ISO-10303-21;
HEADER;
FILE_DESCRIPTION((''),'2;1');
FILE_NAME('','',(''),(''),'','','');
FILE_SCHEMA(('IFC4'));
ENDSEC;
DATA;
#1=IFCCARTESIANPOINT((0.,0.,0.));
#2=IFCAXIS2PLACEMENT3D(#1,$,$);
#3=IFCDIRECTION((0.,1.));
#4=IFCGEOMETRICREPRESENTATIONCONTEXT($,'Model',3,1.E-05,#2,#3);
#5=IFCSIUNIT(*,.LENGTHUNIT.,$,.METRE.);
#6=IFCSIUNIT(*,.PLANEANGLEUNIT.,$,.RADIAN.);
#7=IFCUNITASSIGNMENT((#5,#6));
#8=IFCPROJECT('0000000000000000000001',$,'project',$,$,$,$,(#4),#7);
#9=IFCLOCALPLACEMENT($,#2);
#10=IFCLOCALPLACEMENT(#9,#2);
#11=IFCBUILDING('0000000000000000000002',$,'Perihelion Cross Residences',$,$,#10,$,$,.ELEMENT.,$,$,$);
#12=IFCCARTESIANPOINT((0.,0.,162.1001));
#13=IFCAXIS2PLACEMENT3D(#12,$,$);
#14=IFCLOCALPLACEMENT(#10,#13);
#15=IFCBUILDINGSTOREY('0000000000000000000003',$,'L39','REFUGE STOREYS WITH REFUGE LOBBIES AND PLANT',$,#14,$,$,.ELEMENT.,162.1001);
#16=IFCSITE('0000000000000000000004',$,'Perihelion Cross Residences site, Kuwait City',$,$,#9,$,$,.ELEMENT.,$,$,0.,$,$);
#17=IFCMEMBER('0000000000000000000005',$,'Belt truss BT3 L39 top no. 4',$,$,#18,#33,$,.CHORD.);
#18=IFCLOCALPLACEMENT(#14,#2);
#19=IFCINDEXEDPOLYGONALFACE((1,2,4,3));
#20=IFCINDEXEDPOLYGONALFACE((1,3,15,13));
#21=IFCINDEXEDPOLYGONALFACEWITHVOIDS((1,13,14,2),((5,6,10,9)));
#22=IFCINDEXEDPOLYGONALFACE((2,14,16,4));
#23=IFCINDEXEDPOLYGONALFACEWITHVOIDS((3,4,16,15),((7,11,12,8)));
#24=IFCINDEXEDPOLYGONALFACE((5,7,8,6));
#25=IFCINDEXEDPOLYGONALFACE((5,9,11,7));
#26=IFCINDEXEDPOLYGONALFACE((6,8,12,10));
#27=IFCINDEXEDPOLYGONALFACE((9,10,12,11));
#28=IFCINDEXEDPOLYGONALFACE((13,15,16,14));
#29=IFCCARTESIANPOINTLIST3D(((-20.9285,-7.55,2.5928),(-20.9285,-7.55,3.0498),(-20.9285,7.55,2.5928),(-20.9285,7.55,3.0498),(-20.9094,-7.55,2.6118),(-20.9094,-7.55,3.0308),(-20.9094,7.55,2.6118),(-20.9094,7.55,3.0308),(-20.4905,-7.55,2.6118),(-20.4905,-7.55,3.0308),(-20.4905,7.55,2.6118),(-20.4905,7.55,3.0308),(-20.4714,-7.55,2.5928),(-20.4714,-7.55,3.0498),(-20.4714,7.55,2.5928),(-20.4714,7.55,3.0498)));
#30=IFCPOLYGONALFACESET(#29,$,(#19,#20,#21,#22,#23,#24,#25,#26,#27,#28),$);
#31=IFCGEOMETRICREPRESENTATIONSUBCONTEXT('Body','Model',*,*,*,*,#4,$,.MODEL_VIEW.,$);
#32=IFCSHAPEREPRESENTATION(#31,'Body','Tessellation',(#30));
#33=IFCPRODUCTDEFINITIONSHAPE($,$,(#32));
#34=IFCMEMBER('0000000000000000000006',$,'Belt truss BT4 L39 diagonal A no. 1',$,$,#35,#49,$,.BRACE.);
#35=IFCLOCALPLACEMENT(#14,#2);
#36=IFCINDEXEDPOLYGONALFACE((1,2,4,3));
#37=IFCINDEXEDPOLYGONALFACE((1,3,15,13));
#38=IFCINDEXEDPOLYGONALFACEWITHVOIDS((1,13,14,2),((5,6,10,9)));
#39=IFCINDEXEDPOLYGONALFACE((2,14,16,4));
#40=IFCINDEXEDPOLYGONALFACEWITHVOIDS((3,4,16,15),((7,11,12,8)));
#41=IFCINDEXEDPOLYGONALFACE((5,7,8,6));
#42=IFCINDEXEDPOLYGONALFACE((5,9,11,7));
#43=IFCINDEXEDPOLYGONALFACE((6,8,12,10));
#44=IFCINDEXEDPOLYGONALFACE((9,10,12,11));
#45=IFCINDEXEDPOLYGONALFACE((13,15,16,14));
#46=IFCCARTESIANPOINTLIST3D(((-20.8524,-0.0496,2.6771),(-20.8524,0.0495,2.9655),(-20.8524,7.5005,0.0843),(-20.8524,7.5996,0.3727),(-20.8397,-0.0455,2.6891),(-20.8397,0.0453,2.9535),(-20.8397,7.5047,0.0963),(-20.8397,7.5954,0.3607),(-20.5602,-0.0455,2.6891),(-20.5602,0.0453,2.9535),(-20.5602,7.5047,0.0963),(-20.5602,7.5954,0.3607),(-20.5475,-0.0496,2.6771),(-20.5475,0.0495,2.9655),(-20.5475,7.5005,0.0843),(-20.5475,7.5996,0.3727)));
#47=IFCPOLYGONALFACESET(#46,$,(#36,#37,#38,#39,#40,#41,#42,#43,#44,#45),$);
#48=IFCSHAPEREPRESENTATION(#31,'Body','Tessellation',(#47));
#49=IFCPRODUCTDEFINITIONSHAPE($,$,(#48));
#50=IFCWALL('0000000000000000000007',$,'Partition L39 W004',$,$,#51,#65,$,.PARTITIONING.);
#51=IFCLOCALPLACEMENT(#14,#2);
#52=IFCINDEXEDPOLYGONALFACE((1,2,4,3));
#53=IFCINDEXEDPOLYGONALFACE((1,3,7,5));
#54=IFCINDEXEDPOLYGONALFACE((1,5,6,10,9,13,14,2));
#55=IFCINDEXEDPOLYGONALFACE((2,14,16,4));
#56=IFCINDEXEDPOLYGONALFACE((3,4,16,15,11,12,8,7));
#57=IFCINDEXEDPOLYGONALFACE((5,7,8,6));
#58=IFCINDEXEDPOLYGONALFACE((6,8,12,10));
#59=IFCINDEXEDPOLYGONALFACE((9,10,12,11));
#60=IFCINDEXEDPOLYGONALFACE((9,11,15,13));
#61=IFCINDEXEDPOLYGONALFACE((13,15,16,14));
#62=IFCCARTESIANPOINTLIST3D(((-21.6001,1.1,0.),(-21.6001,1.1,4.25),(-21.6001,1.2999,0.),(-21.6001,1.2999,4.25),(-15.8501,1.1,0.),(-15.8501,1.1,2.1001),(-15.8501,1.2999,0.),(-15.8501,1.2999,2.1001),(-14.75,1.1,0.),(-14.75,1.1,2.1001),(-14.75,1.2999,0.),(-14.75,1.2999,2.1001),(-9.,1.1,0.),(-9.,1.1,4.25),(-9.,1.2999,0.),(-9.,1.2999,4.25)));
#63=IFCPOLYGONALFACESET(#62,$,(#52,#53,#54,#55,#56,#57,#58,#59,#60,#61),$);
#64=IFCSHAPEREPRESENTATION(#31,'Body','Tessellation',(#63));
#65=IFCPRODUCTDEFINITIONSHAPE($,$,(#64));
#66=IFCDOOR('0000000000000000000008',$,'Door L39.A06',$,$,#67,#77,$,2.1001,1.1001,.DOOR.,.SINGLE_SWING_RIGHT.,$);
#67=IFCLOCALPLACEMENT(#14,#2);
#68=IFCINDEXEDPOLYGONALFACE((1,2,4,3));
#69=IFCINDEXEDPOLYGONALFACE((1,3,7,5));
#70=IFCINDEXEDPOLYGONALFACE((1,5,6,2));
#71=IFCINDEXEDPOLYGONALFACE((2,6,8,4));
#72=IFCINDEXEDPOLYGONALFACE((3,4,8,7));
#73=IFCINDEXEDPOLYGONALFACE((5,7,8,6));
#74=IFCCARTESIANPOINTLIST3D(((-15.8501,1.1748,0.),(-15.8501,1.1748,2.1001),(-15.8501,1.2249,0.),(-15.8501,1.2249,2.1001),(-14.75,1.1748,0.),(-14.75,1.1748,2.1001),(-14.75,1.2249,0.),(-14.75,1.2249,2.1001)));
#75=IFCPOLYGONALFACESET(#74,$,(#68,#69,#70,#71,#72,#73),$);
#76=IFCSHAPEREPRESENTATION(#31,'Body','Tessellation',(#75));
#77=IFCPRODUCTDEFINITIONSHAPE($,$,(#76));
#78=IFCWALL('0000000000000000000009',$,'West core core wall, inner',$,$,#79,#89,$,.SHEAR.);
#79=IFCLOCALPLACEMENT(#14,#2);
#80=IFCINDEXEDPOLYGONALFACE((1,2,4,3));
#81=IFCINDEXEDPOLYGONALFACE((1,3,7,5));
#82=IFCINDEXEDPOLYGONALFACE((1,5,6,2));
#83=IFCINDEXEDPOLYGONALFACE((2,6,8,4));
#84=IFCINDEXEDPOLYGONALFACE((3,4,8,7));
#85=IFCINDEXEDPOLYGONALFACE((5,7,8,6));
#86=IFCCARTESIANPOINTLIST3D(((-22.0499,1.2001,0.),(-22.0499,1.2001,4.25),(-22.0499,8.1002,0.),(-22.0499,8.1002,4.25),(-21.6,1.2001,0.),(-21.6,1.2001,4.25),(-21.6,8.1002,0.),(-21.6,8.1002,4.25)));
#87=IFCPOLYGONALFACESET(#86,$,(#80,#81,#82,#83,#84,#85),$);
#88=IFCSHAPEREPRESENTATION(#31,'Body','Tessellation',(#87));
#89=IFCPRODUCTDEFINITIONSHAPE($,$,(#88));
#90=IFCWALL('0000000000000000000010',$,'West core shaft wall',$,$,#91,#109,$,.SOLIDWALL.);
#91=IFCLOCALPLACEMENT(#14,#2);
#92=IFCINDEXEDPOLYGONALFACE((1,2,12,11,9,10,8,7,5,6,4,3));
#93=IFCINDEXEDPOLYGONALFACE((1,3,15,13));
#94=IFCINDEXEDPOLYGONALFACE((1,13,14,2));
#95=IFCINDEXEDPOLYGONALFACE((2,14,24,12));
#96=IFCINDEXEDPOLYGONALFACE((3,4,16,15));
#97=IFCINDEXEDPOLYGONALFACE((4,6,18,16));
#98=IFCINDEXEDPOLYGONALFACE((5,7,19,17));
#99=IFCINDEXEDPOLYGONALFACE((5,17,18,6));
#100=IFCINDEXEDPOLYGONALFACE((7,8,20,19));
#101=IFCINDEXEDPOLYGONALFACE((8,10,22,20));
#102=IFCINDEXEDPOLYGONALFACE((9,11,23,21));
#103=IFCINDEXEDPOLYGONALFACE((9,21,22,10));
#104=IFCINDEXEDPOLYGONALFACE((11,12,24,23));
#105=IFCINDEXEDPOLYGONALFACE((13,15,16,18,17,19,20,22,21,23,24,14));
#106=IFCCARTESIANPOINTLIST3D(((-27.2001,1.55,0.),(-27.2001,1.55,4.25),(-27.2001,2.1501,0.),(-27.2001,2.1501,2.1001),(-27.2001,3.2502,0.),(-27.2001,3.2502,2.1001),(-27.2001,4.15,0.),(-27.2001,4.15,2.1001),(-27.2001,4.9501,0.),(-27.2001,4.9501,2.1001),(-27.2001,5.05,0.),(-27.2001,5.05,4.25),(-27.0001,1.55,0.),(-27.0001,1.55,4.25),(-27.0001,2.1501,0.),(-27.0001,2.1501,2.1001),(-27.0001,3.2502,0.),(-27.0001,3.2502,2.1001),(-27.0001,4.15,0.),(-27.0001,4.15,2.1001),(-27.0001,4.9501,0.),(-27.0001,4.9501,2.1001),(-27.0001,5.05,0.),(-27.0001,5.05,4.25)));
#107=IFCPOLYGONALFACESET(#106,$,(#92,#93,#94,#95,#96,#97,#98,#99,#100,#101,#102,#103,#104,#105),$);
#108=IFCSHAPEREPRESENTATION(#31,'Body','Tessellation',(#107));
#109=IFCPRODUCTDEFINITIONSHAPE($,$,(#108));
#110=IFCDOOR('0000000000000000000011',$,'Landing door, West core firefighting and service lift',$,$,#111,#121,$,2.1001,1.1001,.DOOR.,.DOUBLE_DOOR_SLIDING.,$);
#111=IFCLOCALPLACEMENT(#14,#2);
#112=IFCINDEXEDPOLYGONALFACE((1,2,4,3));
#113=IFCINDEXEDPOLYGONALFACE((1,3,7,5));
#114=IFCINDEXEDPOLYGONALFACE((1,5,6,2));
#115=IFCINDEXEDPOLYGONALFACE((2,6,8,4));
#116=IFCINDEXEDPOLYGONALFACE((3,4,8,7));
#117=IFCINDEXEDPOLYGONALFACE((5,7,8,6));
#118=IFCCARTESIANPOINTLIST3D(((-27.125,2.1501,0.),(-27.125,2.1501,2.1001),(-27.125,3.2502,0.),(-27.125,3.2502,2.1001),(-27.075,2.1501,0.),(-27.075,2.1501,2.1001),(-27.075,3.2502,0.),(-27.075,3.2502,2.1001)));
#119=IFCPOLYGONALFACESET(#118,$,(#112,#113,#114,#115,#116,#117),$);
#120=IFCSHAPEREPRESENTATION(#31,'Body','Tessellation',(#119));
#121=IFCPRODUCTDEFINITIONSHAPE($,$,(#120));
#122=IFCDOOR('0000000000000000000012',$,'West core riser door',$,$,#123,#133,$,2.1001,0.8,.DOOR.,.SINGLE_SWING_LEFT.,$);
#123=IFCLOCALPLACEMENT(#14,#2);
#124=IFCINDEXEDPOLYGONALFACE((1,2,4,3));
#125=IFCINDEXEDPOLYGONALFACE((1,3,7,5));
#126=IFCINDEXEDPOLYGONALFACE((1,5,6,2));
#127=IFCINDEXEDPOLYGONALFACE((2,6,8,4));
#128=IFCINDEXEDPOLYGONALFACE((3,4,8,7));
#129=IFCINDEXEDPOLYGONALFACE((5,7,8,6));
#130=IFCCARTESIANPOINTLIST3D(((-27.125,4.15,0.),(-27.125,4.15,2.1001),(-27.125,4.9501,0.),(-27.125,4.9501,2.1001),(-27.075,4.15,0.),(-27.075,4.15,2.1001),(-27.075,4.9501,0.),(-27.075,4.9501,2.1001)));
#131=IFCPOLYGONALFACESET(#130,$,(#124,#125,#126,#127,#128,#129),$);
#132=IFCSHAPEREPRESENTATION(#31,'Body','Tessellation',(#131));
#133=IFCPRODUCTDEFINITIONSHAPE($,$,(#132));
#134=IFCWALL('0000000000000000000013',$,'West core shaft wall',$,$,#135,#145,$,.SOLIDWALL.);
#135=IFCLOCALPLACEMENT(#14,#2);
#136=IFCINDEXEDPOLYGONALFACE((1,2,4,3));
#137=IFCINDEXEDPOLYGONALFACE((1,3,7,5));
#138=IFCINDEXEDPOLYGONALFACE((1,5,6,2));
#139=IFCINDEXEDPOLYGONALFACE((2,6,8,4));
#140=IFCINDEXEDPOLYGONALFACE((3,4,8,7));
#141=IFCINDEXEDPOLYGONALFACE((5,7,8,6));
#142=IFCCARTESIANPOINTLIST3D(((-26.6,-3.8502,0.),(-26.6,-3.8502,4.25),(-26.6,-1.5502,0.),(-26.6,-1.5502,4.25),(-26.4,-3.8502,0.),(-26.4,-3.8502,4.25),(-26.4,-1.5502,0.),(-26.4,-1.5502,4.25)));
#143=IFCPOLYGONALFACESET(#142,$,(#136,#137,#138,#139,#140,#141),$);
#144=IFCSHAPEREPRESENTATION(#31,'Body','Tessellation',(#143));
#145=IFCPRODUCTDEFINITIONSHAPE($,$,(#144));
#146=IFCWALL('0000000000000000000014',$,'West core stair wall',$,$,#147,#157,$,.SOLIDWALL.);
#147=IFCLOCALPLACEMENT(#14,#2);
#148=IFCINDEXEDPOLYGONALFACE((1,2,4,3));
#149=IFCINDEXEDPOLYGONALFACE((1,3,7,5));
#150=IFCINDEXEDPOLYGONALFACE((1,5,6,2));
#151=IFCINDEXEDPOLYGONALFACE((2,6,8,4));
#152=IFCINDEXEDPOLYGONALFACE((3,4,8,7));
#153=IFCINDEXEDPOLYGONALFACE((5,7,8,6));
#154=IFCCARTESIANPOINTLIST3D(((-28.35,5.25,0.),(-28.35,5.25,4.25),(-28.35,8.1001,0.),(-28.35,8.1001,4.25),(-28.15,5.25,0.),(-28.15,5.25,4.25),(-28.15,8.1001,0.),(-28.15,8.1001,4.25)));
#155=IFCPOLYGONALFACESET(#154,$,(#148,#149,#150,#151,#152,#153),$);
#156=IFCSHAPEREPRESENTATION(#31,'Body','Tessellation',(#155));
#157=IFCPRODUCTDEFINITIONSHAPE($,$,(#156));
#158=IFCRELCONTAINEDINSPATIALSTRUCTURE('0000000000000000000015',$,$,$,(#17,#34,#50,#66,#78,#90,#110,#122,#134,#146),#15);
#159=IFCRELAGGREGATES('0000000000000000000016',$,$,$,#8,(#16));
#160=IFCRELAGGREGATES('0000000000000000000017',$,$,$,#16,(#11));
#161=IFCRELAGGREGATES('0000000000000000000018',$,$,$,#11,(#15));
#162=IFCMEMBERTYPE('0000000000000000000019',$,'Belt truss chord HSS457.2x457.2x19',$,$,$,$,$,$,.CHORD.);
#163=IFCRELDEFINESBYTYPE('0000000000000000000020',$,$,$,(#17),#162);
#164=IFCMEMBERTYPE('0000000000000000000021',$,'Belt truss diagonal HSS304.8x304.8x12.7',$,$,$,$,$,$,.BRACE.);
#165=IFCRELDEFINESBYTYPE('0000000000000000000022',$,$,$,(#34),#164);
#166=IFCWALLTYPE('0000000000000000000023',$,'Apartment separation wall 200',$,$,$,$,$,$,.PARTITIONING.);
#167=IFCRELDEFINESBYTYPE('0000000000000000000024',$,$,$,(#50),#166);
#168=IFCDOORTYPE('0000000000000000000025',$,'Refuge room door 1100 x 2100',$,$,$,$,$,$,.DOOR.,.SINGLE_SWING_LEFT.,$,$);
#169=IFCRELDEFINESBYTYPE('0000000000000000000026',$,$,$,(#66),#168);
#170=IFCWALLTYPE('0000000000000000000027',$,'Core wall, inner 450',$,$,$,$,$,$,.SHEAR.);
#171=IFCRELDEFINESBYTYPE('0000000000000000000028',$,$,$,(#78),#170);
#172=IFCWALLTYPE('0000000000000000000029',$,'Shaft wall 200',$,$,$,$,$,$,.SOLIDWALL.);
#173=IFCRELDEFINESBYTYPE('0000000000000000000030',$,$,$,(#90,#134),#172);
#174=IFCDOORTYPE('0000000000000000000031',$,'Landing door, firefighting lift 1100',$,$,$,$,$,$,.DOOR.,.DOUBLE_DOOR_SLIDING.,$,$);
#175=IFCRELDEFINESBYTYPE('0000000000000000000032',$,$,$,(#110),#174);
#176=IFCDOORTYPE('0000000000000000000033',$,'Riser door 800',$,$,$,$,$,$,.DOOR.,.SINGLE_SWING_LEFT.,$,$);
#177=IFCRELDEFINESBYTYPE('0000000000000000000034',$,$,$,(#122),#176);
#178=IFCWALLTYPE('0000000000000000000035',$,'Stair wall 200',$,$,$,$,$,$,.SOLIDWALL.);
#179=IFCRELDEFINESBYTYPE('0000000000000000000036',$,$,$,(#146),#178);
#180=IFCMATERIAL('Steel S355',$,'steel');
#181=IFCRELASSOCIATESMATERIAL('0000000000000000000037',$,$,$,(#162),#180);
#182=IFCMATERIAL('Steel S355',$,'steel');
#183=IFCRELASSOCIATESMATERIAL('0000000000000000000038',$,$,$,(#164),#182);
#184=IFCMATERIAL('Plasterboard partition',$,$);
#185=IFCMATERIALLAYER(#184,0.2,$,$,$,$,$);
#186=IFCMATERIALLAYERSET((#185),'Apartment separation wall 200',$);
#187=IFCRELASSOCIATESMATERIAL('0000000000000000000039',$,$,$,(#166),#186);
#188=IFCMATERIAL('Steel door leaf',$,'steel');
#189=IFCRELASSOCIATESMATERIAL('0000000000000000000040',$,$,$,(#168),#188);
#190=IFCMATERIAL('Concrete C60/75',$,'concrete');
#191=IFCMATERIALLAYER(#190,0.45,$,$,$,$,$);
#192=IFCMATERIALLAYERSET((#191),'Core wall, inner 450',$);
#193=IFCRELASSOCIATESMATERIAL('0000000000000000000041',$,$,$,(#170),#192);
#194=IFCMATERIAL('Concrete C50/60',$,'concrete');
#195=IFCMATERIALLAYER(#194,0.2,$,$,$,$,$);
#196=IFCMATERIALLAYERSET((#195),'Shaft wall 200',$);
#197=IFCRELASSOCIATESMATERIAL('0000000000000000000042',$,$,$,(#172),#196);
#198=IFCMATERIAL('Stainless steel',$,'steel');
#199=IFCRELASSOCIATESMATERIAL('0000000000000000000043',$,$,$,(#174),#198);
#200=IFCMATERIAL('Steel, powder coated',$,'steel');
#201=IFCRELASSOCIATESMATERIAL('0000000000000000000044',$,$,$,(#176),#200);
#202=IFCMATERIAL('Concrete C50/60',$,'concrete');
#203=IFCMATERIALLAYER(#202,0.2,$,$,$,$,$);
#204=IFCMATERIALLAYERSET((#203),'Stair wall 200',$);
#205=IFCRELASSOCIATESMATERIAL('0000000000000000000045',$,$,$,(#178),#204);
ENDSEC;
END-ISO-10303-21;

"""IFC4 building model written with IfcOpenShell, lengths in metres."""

from ifc_helpers import new_model, si_unit, direction, frame, frame_2d, origin, origin_2d, place, context, subcontext, project, spatial, rectangle, hollow_rectangle, extrude, material, layer, layer_set, material_profile, profile_set, type_object, element, fill, save


model = new_model("IFC4")

# Units and contexts
model_context = context("Model", 3, precision=1e-05, world=origin(), true_north=direction((0.0, 1.0)))
body_context = subcontext(model_context, "Body", "Model", "MODEL_VIEW")
ifc_project = project(units=[si_unit("LENGTHUNIT", "METRE"), si_unit("PLANEANGLEUNIT", "RADIAN")], contexts=[model_context])

# Site, building, storey
site_placement = place(None, origin())
site = spatial("IfcSite", under=ifc_project, at=site_placement, Name="Perihelion Cross Residences site, Kuwait City", CompositionType="ELEMENT", RefElevation=0.0)
building_placement = place(site_placement, origin())
building = spatial("IfcBuilding", under=site, at=building_placement, Name="Perihelion Cross Residences", CompositionType="ELEMENT")
storey_placement = place(building_placement, frame((0.0, 0.0, 162.1001)))
storey = spatial("IfcBuildingStorey", under=building, at=storey_placement, Name="L39", Description="REFUGE STOREYS WITH REFUGE LOBBIES AND PLANT", CompositionType="ELEMENT", Elevation=162.1001)

# Members
ifc_material_1 = material(Name="Steel S355", Category="steel")
ifc_material_profile_1 = material_profile(ifc_material_1, hollow_rectangle(XDim=0.457, YDim=0.457, WallThickness=0.019, at=origin_2d()), Name="HSS457.2x457.2x19")
ifc_profile_set_1 = profile_set([ifc_material_profile_1], Name="Steel S355")
member_type_1 = type_object("IfcMemberType", Name="Belt truss chord HSS457.2x457.2x19", PredefinedType="CHORD", material=ifc_profile_set_1)
member_1_placement = place(storey_placement, frame((-20.7, 7.55, 2.8213), z_axis=(0.0, -1.0, 0.0), x_axis=(1.0, 0.0, 0.0)))
element("IfcMember", 1, at=member_1_placement, inside=storey, type_object=member_type_1, Name="Belt truss BT3 L39 top no. 4", PredefinedType="CHORD", context=body_context, shape_type="SweptSolid", body=[
    extrude(hollow_rectangle(XDim=0.457, YDim=0.457, WallThickness=0.019, at=origin_2d()), origin(), (0.0, 0.0, 1.0), 15.1001),
])
ifc_material_2 = material(Name="Steel S355", Category="steel")
ifc_material_profile_2 = material_profile(ifc_material_2, hollow_rectangle(XDim=0.3049, YDim=0.3049, WallThickness=0.0127, at=origin_2d()), Name="HSS304.8x304.8x12.7")
ifc_profile_set_2 = profile_set([ifc_material_profile_2], Name="Steel S355")
member_type_2 = type_object("IfcMemberType", Name="Belt truss diagonal HSS304.8x304.8x12.7", PredefinedType="BRACE", material=ifc_profile_set_2)
member_2_placement = place(storey_placement, frame((-20.7, 7.55, 0.2285), z_axis=(0.0, -0.945785, 0.324793), x_axis=(1.0, 0.0, 0.0)))
element("IfcMember", 2, at=member_2_placement, inside=storey, type_object=member_type_2, Name="Belt truss BT4 L39 diagonal A no. 1", PredefinedType="BRACE", context=body_context, shape_type="SweptSolid", body=[
    extrude(hollow_rectangle(XDim=0.3049, YDim=0.3049, WallThickness=0.0127, at=origin_2d()), origin(), (0.0, 0.0, 1.0), 7.9829),
])

# Wall, opening, door
ifc_material_3 = material(Name="Plasterboard partition")
ifc_layer_1 = layer(ifc_material_3, 0.2)
ifc_layer_set_1 = layer_set([ifc_layer_1], Name="Apartment separation wall 200")
wall_type_1 = type_object("IfcWallType", Name="Apartment separation wall 200", PredefinedType="PARTITIONING", material=ifc_layer_set_1)
wall_1_placement = place(storey_placement, frame((-21.6001, 1.2, 0.0), z_axis=(0.0, 0.0, 1.0), x_axis=(1.0, 0.0, 0.0)))
wall_1 = element("IfcWall", 3, at=wall_1_placement, inside=storey, type_object=wall_type_1, Name="Partition L39 W004", PredefinedType="PARTITIONING", context=body_context, shape_type="SweptSolid", body=[
    extrude(rectangle(XDim=12.6001, YDim=0.2, at=frame_2d((6.3, 0.0))), origin(), (0.0, 0.0, 1.0), 4.25),
])
opening_1_placement = place(wall_1_placement, frame((5.75, 0.0, 0.0)))
opening_1 = element("IfcOpeningElement", 4, at=opening_1_placement, cuts=wall_1, PredefinedType="OPENING", context=body_context, shape_type="SweptSolid", body=[
    extrude(rectangle(XDim=1.1001, YDim=2.1001, at=frame_2d((0.55, 1.05))), frame((0.0, 0.1099, 0.0), z_axis=(0.0, -1.0, 0.0), x_axis=(1.0, 0.0, 0.0)), (0.0, 0.0, 1.0), 0.22),
])
ifc_material_4 = material(Name="Steel door leaf", Category="steel")
door_type_1 = type_object("IfcDoorType", Name="Refuge room door 1100 x 2100", OperationType="SINGLE_SWING_LEFT", PredefinedType="DOOR", material=ifc_material_4)
door_1_placement = place(opening_1_placement, origin())
door_1 = element("IfcDoor", 5, at=door_1_placement, inside=storey, type_object=door_type_1, Name="Door L39.A06", OperationType="SINGLE_SWING_RIGHT", OverallHeight=2.1001, OverallWidth=1.1001, PredefinedType="DOOR", context=body_context, shape_type="SweptSolid", body=[
    extrude(rectangle(XDim=1.1001, YDim=2.1001, at=frame_2d((0.55, 1.05))), frame((0.0, 0.0249, 0.0), z_axis=(0.0, -1.0, 0.0), x_axis=(1.0, 0.0, 0.0)), (0.0, 0.0, 1.0), 0.05),
])
fill(opening_1, door_1)

# Wall
ifc_material_5 = material(Name="Concrete C60/75", Category="concrete")
ifc_layer_2 = layer(ifc_material_5, 0.45)
ifc_layer_set_2 = layer_set([ifc_layer_2], Name="Core wall, inner 450")
wall_type_2 = type_object("IfcWallType", Name="Core wall, inner 450", PredefinedType="SHEAR", material=ifc_layer_set_2)
wall_2_placement = place(storey_placement, frame((-21.825, 1.2, 0.0), z_axis=(0.0, 0.0, 1.0), x_axis=(0.0, 1.0, 0.0)))
element("IfcWall", 6, at=wall_2_placement, inside=storey, type_object=wall_type_2, Name="West core core wall, inner", PredefinedType="SHEAR", context=body_context, shape_type="SweptSolid", body=[
    extrude(rectangle(XDim=6.9001, YDim=0.45, at=frame_2d((3.4502, 0.0))), origin(), (0.0, 0.0, 1.0), 4.25),
])

# Wall, openings, doors
ifc_material_6 = material(Name="Concrete C50/60", Category="concrete")
ifc_layer_3 = layer(ifc_material_6, 0.2)
ifc_layer_set_3 = layer_set([ifc_layer_3], Name="Shaft wall 200")
wall_type_3 = type_object("IfcWallType", Name="Shaft wall 200", PredefinedType="SOLIDWALL", material=ifc_layer_set_3)
wall_3_placement = place(storey_placement, frame((-27.1001, 1.55, 0.0), z_axis=(0.0, 0.0, 1.0), x_axis=(0.0, 1.0, 0.0)))
wall_3 = element("IfcWall", 7, at=wall_3_placement, inside=storey, type_object=wall_type_3, Name="West core shaft wall", PredefinedType="SOLIDWALL", context=body_context, shape_type="SweptSolid", body=[
    extrude(rectangle(XDim=3.5, YDim=0.2, at=frame_2d((1.75, 0.0))), origin(), (0.0, 0.0, 1.0), 4.25),
])
opening_2_placement = place(wall_3_placement, frame((0.6001, 0.0, 0.0)))
opening_2 = element("IfcOpeningElement", 8, at=opening_2_placement, cuts=wall_3, PredefinedType="OPENING", context=body_context, shape_type="SweptSolid", body=[
    extrude(rectangle(XDim=1.1001, YDim=2.1001, at=frame_2d((0.55, 1.05))), frame((0.0, 0.1099, 0.0), z_axis=(0.0, -1.0, 0.0), x_axis=(1.0, 0.0, 0.0)), (0.0, 0.0, 1.0), 0.22),
])
opening_3_placement = place(wall_3_placement, frame((2.6001, 0.0, 0.0)))
opening_3 = element("IfcOpeningElement", 9, at=opening_3_placement, cuts=wall_3, PredefinedType="OPENING", context=body_context, shape_type="SweptSolid", body=[
    extrude(rectangle(XDim=0.8, YDim=2.1001, at=frame_2d((0.3999, 1.05))), frame((0.0, 0.1099, 0.0), z_axis=(0.0, -1.0, 0.0), x_axis=(1.0, 0.0, 0.0)), (0.0, 0.0, 1.0), 0.22),
])
ifc_material_7 = material(Name="Stainless steel", Category="steel")
door_type_2 = type_object("IfcDoorType", Name="Landing door, firefighting lift 1100", OperationType="DOUBLE_DOOR_SLIDING", PredefinedType="DOOR", material=ifc_material_7)
door_2_placement = place(opening_2_placement, origin())
door_2 = element("IfcDoor", 10, at=door_2_placement, inside=storey, type_object=door_type_2, Name="Landing door, West core firefighting and service lift", OperationType="DOUBLE_DOOR_SLIDING", OverallHeight=2.1001, OverallWidth=1.1001, PredefinedType="DOOR", context=body_context, shape_type="SweptSolid", body=[
    extrude(rectangle(XDim=1.1001, YDim=2.1001, at=frame_2d((0.55, 1.05))), frame((0.0, 0.0249, 0.0), z_axis=(0.0, -1.0, 0.0), x_axis=(1.0, 0.0, 0.0)), (0.0, 0.0, 1.0), 0.05),
])
fill(opening_2, door_2)
ifc_material_8 = material(Name="Steel, powder coated", Category="steel")
door_type_3 = type_object("IfcDoorType", Name="Riser door 800", OperationType="SINGLE_SWING_LEFT", PredefinedType="DOOR", material=ifc_material_8)
door_3_placement = place(opening_3_placement, origin())
door_3 = element("IfcDoor", 11, at=door_3_placement, inside=storey, type_object=door_type_3, Name="West core riser door", OperationType="SINGLE_SWING_LEFT", OverallHeight=2.1001, OverallWidth=0.8, PredefinedType="DOOR", context=body_context, shape_type="SweptSolid", body=[
    extrude(rectangle(XDim=0.8, YDim=2.1001, at=frame_2d((0.3999, 1.05))), frame((0.0, 0.0249, 0.0), z_axis=(0.0, -1.0, 0.0), x_axis=(1.0, 0.0, 0.0)), (0.0, 0.0, 1.0), 0.05),
])
fill(opening_3, door_3)

# Walls
wall_4_placement = place(storey_placement, frame((-26.5, -3.8501, 0.0), z_axis=(0.0, 0.0, 1.0), x_axis=(0.0, 1.0, 0.0)))
element("IfcWall", 12, at=wall_4_placement, inside=storey, type_object=wall_type_3, Name="West core shaft wall", PredefinedType="SOLIDWALL", context=body_context, shape_type="SweptSolid", body=[
    extrude(rectangle(XDim=2.3, YDim=0.2, at=frame_2d((1.1499, 0.0))), origin(), (0.0, 0.0, 1.0), 4.25),
])
ifc_material_9 = material(Name="Concrete C50/60", Category="concrete")
ifc_layer_4 = layer(ifc_material_9, 0.2)
ifc_layer_set_4 = layer_set([ifc_layer_4], Name="Stair wall 200")
wall_type_4 = type_object("IfcWallType", Name="Stair wall 200", PredefinedType="SOLIDWALL", material=ifc_layer_set_4)
wall_5_placement = place(storey_placement, frame((-28.25, 5.25, 0.0), z_axis=(0.0, 0.0, 1.0), x_axis=(0.0, 1.0, 0.0)))
element("IfcWall", 13, at=wall_5_placement, inside=storey, type_object=wall_type_4, Name="West core stair wall", PredefinedType="SOLIDWALL", context=body_context, shape_type="SweptSolid", body=[
    extrude(rectangle(XDim=2.8501, YDim=0.2, at=frame_2d((1.425, 0.0))), origin(), (0.0, 0.0, 1.0), 4.25),
])

save(model, "model.ifc")
